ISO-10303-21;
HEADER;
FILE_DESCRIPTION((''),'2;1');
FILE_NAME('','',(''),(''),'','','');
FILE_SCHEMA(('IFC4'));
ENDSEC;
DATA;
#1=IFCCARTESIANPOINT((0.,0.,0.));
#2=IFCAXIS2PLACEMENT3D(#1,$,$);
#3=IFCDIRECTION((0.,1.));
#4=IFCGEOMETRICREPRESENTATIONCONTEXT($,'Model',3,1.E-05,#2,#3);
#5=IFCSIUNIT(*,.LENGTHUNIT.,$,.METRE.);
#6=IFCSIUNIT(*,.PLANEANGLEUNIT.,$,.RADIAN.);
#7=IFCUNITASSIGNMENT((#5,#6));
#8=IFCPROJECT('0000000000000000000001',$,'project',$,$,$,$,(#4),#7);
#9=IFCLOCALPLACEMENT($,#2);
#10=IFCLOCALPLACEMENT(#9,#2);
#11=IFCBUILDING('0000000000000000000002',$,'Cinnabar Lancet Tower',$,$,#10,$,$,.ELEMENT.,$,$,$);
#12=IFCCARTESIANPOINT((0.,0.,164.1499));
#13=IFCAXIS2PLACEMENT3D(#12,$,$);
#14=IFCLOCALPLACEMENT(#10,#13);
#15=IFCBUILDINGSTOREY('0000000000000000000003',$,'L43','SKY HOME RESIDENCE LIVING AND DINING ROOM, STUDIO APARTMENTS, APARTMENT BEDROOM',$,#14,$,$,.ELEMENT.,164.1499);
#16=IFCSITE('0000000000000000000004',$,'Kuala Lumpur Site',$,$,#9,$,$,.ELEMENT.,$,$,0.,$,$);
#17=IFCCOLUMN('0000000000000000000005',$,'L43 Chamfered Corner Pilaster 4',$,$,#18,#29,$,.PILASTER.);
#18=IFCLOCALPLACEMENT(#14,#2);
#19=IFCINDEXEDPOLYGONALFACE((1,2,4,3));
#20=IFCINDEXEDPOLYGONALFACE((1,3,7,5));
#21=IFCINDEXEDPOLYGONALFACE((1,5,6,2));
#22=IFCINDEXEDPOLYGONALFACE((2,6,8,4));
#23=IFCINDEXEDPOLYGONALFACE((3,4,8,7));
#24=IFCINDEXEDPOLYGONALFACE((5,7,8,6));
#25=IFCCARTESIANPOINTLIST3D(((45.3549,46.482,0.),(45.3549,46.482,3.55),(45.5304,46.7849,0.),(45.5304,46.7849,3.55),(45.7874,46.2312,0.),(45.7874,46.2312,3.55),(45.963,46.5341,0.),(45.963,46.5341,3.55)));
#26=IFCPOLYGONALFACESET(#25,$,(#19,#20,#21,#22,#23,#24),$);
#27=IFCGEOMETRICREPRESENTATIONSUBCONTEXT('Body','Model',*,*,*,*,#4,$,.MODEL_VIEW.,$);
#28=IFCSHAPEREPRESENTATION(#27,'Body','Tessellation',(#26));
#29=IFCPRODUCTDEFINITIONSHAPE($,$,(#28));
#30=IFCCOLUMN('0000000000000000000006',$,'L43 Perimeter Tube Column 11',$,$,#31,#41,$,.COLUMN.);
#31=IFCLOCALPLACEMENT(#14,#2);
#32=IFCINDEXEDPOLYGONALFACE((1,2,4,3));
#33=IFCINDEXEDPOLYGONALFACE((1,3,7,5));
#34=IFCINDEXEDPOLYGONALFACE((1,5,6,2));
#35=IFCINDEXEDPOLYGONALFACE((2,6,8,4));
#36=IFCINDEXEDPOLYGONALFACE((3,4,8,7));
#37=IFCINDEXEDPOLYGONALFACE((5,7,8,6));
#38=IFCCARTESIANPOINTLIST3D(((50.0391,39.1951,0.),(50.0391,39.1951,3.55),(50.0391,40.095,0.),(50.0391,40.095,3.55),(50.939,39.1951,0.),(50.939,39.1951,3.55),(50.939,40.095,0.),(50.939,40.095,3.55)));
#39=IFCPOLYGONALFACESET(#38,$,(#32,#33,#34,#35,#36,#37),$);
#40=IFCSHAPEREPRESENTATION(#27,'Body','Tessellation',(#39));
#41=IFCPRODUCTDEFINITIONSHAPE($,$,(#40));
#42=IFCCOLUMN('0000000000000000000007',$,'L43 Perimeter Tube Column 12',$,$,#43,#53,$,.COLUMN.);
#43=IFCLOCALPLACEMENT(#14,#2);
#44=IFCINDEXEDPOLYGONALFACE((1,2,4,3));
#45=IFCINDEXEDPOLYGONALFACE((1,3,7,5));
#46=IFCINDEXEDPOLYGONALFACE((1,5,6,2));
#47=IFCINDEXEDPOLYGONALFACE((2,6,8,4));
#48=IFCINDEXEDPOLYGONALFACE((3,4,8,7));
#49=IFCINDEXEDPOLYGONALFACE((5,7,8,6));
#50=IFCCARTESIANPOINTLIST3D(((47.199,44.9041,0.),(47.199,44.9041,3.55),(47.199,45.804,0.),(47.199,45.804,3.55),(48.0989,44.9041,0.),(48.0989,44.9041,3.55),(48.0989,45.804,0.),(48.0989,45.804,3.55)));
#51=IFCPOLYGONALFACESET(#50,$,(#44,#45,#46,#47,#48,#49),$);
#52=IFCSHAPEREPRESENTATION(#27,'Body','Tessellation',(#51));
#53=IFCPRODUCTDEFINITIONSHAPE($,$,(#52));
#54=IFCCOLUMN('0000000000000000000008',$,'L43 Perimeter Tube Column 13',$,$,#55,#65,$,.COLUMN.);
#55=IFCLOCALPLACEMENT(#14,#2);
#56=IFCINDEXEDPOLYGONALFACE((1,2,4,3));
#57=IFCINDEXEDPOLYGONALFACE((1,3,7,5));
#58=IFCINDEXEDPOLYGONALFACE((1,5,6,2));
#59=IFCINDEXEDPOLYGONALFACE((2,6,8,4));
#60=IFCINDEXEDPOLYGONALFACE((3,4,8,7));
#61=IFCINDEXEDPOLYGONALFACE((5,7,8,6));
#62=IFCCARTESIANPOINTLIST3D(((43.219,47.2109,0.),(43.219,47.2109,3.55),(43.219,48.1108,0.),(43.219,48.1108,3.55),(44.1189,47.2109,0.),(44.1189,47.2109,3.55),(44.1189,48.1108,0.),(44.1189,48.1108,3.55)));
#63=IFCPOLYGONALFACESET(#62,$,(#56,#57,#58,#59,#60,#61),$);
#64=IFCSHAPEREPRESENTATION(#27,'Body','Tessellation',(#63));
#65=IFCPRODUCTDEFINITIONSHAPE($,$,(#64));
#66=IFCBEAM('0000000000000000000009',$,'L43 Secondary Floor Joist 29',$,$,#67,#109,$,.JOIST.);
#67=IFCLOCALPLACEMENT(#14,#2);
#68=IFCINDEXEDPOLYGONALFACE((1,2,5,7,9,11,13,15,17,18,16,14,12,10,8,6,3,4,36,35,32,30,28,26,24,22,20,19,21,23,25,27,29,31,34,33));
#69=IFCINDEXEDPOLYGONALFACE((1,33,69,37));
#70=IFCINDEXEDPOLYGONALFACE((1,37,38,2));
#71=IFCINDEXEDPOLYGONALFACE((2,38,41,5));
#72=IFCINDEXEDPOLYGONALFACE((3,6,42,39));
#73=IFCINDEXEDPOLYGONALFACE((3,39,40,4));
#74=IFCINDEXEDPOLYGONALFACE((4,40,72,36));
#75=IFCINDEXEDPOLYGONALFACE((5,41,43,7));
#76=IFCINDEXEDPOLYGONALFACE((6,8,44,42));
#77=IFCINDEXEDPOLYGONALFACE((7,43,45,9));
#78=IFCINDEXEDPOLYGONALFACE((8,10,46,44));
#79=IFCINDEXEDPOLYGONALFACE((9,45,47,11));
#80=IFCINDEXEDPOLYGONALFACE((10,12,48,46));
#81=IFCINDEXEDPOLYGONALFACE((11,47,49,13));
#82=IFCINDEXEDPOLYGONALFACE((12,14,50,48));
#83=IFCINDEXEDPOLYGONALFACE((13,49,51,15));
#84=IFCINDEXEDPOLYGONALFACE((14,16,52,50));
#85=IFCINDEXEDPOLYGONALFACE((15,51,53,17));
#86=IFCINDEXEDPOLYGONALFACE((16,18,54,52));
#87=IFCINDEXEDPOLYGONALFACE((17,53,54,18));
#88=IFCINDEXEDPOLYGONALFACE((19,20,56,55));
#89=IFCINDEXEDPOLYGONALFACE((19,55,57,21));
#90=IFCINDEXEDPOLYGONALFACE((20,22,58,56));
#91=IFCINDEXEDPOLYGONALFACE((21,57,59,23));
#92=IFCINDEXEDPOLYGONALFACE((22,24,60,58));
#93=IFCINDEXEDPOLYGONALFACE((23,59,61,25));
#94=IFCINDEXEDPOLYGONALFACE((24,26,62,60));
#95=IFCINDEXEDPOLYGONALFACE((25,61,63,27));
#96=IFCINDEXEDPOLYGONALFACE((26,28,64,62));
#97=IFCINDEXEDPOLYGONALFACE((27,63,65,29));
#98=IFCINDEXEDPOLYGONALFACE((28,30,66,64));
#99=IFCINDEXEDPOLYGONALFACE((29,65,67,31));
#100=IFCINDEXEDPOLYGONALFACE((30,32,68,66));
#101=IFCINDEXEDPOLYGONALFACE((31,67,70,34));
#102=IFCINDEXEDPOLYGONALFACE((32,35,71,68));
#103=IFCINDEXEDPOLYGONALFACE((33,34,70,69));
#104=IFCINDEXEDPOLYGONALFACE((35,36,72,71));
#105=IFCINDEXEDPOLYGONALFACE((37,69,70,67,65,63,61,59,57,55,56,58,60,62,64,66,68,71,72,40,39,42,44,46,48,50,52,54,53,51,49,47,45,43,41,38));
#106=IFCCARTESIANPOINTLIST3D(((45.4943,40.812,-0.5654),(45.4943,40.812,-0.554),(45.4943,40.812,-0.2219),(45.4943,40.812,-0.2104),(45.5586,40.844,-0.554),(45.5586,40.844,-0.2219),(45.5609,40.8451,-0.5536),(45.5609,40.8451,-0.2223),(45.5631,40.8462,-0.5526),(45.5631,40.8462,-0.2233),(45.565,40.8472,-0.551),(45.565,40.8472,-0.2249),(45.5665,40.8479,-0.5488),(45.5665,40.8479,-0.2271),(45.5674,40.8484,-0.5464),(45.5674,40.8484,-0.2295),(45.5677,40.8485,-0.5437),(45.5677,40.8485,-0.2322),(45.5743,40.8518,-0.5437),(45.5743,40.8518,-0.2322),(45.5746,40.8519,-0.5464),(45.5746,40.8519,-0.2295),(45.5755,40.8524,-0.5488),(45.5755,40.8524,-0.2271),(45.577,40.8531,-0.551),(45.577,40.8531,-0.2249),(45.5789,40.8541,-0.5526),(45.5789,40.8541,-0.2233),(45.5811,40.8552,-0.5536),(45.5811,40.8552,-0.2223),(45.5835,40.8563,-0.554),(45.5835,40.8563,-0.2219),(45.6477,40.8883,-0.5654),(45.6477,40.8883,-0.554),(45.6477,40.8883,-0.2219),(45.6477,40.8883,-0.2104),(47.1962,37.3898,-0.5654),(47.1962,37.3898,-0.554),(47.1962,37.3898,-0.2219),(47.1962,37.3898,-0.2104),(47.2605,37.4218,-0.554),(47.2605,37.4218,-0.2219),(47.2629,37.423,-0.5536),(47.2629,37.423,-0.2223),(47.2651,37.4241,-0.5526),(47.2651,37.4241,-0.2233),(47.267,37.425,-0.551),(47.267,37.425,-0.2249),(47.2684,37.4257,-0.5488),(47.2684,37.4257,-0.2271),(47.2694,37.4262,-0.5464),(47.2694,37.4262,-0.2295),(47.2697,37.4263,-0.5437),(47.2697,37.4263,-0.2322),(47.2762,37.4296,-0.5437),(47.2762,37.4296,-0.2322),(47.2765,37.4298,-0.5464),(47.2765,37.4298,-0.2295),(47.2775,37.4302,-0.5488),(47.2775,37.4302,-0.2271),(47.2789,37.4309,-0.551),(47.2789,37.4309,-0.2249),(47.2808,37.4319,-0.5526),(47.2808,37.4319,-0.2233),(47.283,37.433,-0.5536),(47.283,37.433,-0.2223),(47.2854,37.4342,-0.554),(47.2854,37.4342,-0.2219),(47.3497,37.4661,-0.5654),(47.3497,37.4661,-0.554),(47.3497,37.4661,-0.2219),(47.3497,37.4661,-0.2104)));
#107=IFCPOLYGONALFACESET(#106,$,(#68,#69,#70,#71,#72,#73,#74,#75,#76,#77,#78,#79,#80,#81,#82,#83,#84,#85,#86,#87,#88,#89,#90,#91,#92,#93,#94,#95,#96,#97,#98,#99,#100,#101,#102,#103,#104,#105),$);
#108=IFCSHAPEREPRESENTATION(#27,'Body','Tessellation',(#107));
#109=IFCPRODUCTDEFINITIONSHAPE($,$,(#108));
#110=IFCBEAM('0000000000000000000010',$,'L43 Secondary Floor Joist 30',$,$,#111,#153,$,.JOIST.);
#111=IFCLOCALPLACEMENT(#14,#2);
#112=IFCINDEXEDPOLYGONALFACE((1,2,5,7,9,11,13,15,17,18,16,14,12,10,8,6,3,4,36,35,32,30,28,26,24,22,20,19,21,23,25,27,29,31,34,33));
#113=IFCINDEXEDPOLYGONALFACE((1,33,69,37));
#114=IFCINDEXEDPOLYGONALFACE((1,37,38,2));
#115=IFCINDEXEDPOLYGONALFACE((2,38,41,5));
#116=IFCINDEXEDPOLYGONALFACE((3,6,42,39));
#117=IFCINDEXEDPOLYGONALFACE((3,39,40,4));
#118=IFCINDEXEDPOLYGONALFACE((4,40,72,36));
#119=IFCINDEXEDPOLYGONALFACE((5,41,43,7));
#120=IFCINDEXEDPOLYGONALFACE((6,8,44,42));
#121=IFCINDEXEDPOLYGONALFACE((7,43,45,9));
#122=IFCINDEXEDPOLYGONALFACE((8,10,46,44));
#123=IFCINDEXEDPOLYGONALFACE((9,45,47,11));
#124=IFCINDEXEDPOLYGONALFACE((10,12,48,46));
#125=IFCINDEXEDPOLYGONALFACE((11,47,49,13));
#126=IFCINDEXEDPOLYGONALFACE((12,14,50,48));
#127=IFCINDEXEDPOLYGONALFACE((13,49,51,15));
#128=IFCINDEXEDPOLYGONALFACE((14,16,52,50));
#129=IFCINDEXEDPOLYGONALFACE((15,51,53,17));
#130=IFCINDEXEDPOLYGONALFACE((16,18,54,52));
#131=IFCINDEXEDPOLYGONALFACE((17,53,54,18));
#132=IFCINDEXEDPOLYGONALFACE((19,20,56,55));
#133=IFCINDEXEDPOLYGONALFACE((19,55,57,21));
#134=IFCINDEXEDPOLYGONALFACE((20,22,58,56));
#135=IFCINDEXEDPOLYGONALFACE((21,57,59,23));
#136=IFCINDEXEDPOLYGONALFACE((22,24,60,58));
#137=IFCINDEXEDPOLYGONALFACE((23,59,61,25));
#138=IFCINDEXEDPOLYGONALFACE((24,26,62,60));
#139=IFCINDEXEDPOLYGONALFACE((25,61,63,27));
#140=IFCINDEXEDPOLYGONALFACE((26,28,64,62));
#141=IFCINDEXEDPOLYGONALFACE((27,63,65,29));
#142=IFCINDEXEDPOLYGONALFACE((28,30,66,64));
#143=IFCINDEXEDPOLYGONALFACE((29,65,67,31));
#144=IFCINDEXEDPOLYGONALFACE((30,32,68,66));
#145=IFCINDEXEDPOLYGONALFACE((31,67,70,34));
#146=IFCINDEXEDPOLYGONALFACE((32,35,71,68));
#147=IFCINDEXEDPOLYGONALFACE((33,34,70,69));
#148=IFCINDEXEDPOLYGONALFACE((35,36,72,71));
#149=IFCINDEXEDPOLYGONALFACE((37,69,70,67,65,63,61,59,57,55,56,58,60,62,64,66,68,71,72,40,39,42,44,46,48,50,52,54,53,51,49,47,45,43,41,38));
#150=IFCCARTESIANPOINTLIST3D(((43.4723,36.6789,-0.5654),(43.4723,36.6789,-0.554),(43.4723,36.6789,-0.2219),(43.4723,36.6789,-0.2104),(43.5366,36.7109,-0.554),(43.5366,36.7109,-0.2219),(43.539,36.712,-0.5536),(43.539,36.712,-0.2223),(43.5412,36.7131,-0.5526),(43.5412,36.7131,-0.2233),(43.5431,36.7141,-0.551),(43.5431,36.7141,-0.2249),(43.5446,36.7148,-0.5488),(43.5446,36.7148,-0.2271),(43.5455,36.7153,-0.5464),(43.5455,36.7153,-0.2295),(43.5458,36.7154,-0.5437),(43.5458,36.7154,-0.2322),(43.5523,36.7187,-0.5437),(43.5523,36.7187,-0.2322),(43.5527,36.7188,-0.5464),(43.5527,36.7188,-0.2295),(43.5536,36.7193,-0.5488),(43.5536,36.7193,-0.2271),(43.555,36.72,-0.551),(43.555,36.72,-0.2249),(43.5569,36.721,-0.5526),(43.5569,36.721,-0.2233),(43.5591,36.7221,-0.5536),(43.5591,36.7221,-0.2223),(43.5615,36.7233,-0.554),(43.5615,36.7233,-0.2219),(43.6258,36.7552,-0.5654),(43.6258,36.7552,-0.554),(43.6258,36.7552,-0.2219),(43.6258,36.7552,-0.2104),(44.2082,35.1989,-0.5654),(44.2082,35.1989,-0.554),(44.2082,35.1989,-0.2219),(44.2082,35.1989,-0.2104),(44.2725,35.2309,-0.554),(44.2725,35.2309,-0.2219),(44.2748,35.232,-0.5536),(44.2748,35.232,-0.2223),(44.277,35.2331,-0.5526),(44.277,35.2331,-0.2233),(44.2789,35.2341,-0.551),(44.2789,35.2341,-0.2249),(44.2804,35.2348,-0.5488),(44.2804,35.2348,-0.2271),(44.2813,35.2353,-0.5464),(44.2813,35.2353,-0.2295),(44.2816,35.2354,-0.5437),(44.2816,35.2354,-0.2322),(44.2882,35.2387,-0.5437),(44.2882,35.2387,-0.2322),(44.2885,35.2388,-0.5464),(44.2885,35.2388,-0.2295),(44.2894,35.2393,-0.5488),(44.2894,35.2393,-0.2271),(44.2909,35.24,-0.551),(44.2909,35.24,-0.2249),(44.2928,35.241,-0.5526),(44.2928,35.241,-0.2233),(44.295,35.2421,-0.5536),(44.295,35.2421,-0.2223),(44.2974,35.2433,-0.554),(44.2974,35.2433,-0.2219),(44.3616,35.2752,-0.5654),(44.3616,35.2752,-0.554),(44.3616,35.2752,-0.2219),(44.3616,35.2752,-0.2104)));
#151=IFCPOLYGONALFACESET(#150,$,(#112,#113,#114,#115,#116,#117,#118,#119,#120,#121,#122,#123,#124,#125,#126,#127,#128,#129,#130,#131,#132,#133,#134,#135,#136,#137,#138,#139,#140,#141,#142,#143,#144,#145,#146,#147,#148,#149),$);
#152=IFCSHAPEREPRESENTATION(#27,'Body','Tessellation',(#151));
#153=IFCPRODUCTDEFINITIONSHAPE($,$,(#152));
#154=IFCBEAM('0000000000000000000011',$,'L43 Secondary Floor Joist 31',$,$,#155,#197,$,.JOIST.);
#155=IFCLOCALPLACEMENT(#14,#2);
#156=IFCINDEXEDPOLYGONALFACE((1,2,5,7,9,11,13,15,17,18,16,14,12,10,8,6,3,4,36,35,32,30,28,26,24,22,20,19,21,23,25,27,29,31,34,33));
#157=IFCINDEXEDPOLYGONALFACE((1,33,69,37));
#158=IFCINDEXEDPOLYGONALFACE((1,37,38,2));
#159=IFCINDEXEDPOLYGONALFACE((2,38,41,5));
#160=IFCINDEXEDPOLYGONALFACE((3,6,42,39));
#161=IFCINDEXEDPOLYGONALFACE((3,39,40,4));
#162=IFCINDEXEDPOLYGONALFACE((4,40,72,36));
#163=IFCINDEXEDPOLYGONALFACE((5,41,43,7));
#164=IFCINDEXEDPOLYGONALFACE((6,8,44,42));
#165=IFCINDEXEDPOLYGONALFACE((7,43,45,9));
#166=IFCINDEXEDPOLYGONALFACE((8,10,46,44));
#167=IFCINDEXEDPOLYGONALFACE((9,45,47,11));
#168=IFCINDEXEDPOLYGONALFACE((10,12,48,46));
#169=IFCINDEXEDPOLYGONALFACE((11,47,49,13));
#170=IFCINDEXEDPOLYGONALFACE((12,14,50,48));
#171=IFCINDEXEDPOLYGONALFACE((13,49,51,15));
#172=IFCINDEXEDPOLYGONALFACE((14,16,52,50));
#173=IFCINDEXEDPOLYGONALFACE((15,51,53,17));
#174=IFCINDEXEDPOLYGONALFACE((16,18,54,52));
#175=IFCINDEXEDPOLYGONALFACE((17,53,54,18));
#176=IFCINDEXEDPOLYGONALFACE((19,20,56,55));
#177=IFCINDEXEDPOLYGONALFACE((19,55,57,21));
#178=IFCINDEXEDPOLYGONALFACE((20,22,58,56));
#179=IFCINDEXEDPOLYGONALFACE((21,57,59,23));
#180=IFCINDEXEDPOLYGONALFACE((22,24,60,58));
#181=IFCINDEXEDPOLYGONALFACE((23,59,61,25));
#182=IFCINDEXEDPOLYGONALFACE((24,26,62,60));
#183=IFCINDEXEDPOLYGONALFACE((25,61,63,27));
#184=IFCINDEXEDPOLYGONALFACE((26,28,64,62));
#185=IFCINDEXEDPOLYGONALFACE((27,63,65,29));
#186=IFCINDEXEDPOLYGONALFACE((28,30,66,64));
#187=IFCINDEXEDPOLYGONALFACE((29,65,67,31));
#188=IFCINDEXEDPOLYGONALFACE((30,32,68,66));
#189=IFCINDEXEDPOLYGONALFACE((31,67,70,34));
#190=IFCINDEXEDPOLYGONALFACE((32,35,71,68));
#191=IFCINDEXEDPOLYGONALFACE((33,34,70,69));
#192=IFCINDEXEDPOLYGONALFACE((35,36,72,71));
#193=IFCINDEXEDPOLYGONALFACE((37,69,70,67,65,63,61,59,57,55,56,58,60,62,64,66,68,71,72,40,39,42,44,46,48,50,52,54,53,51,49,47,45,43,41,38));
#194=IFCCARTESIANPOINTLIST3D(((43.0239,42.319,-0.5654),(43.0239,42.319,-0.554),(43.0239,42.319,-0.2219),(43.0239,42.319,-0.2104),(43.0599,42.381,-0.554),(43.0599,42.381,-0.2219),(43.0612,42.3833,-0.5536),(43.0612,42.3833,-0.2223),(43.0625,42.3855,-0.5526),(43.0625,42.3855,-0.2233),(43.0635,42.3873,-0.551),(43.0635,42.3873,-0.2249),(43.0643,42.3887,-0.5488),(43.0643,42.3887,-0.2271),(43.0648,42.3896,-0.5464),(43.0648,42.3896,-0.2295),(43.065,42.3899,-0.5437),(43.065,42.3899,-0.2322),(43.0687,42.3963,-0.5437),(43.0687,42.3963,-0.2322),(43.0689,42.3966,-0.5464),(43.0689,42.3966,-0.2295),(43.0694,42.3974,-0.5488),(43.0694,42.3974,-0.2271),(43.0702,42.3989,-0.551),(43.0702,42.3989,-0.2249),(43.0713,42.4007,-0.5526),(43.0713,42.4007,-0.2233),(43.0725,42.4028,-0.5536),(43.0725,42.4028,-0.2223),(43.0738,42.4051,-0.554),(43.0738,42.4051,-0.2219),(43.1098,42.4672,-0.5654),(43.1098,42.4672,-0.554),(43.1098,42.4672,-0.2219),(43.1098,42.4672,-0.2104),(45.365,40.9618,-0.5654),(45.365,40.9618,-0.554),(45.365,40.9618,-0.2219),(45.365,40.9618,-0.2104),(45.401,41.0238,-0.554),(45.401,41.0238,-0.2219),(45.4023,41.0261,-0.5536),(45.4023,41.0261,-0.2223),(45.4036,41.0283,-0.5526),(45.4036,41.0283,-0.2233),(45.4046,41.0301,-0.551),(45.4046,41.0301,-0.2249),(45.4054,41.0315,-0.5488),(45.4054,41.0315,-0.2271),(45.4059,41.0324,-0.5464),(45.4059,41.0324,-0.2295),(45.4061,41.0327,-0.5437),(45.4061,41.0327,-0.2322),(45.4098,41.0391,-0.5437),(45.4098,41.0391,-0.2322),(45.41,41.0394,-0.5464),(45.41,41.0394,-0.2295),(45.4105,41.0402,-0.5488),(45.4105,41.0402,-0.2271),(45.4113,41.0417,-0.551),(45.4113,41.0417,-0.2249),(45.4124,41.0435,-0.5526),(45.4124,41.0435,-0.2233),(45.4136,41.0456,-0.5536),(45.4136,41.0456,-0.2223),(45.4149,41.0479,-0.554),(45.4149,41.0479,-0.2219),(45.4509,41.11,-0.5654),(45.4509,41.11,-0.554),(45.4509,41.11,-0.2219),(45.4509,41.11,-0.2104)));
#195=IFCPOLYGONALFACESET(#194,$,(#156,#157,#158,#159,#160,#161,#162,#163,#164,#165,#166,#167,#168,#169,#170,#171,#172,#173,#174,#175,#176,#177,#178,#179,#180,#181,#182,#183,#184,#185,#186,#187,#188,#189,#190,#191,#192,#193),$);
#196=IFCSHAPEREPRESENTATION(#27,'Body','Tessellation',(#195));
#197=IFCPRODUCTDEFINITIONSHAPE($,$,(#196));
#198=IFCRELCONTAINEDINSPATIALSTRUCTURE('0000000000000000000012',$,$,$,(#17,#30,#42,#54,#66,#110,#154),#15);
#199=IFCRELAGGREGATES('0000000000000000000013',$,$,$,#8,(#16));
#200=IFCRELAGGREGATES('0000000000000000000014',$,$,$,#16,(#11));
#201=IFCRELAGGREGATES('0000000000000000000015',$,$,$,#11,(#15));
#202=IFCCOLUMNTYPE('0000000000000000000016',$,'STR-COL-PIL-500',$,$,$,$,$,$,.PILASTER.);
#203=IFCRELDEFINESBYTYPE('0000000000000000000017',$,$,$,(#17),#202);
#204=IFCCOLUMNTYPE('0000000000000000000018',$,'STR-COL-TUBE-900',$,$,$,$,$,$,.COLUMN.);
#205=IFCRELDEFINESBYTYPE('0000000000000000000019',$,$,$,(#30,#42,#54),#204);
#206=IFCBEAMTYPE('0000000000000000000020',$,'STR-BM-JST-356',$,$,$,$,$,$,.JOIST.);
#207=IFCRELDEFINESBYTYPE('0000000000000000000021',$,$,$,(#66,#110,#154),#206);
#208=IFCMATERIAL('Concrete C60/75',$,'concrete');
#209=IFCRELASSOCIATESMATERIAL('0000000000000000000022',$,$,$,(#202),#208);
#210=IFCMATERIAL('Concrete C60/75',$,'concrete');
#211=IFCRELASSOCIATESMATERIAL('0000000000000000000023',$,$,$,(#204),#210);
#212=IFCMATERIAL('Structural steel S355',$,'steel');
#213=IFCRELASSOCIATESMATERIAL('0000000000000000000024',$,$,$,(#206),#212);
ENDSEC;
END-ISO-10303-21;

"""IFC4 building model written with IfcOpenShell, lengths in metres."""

from ifc_helpers import new_model, si_unit, direction, frame, origin, origin_2d, place, context, subcontext, project, spatial, rectangle, i_section, extrude, material, material_profile, profile_set, type_object, element, save


model = new_model("IFC4")

# Units and contexts
model_context = context("Model", 3, precision=1e-05, world=origin(), true_north=direction((0.0, 1.0)))
body_context = subcontext(model_context, "Body", "Model", "MODEL_VIEW")
ifc_project = project(units=[si_unit("LENGTHUNIT", "METRE"), si_unit("PLANEANGLEUNIT", "RADIAN")], contexts=[model_context])

# Site, building, storey
site_placement = place(None, origin())
site = spatial("IfcSite", under=ifc_project, at=site_placement, Name="Kuala Lumpur Site", CompositionType="ELEMENT", RefElevation=0.0)
building_placement = place(site_placement, origin())
building = spatial("IfcBuilding", under=site, at=building_placement, Name="Cinnabar Lancet Tower", CompositionType="ELEMENT")
storey_placement = place(building_placement, frame((0.0, 0.0, 164.1499)))
storey = spatial("IfcBuildingStorey", under=building, at=storey_placement, Name="L43", Description="SKY HOME RESIDENCE LIVING AND DINING ROOM, STUDIO APARTMENTS, APARTMENT BEDROOM", CompositionType="ELEMENT", Elevation=164.1499)

# Columns
ifc_material_1 = material(Name="Concrete C60/75", Category="concrete")
ifc_material_profile_1 = material_profile(ifc_material_1, rectangle(XDim=0.5, YDim=0.3501, at=origin_2d()), Name="RC-PIL 500x350")
ifc_profile_set_1 = profile_set([ifc_material_profile_1], Name="Concrete C60/75")
column_type_1 = type_object("IfcColumnType", Name="STR-COL-PIL-500", PredefinedType="PILASTER", material=ifc_profile_set_1)
column_placement = place(storey_placement, frame((45.6589, 46.5081, 0.0), z_axis=(0.0, 0.0, 1.0), x_axis=(-0.86516, 0.501496, 0.0)))
element("IfcColumn", 1, at=column_placement, inside=storey, type_object=column_type_1, Name="L43 Chamfered Corner Pilaster 4", PredefinedType="PILASTER", context=body_context, shape_type="SweptSolid", body=[
    extrude(rectangle(XDim=0.5, YDim=0.3501, at=origin_2d()), origin(), (0.0, 0.0, 1.0), 3.55),
])
ifc_material_2 = material(Name="Concrete C60/75", Category="concrete")
ifc_material_profile_2 = material_profile(ifc_material_2, rectangle(XDim=0.8999, YDim=0.8999, at=origin_2d()), Name="RC-COL 900x900")
ifc_profile_set_2 = profile_set([ifc_material_profile_2], Name="Concrete C60/75")
column_type_2 = type_object("IfcColumnType", Name="STR-COL-TUBE-900", PredefinedType="COLUMN", material=ifc_profile_set_2)
for number, where, z_axis, x_axis, name in (
    (2, (50.489, 39.645, 0.0), (0.0, 0.0, 1.0), (1.0, 0.0, 0.0), "L43 Perimeter Tube Column 11"),
    (3, (47.6489, 45.354, 0.0), (0.0, 0.0, 1.0), (1.0, 0.0, 0.0), "L43 Perimeter Tube Column 12"),
    (4, (43.6689, 47.6609, 0.0), (0.0, 0.0, 1.0), (1.0, 0.0, 0.0), "L43 Perimeter Tube Column 13"),
):
    element("IfcColumn", number, at=place(storey_placement, frame(where, z_axis=z_axis, x_axis=x_axis)), inside=storey, type_object=column_type_2, Name=name, PredefinedType="COLUMN", context=body_context, shape_type="SweptSolid", body=[
        extrude(rectangle(XDim=0.8999, YDim=0.8999, at=origin_2d()), origin(), (0.0, 0.0, 1.0), 3.55),
    ])

# Beams
ifc_material_3 = material(Name="Structural steel S355", Category="steel")
ifc_material_profile_3 = material_profile(ifc_material_3, i_section(OverallWidth=0.1714, OverallDepth=0.355, WebThickness=0.0073, FlangeThickness=0.0115, FilletRadius=0.0103, at=origin_2d()), Name="UKB 356x171x51")
ifc_profile_set_3 = profile_set([ifc_material_profile_3], Name="Structural steel S355")
beam_type_1 = type_object("IfcBeamType", Name="STR-BM-JST-356", PredefinedType="JOIST", material=ifc_profile_set_3)
beam_1_placement = place(storey_placement, frame((47.2729, 37.428, -0.3879), z_axis=(-0.445296, 0.895383, 0.0), x_axis=(-0.895383, -0.445296, 0.0)))
element("IfcBeam", 5, at=beam_1_placement, inside=storey, type_object=beam_type_1, Name="L43 Secondary Floor Joist 29", PredefinedType="JOIST", context=body_context, shape_type="SweptSolid", body=[
    extrude(i_section(OverallWidth=0.1714, OverallDepth=0.355, WebThickness=0.0073, FlangeThickness=0.0115, FilletRadius=0.0103, at=origin_2d()), origin(), (0.0, 0.0, 1.0), 3.822),
])
beam_2_placement = place(storey_placement, frame((44.2849, 35.2371, -0.3879), z_axis=(-0.445204, 0.895429, 0.0), x_axis=(-0.895429, -0.445204, 0.0)))
element("IfcBeam", 6, at=beam_2_placement, inside=storey, type_object=beam_type_1, Name="L43 Secondary Floor Joist 30", PredefinedType="JOIST", context=body_context, shape_type="SweptSolid", body=[
    extrude(i_section(OverallWidth=0.1714, OverallDepth=0.355, WebThickness=0.0073, FlangeThickness=0.0115, FilletRadius=0.0103, at=origin_2d()), origin(), (0.0, 0.0, 1.0), 1.6528),
])
beam_3_placement = place(storey_placement, frame((45.408, 41.0359, -0.3879), z_axis=(-0.865134, 0.501541, 0.0), x_axis=(-0.501541, -0.865134, 0.0)))
element("IfcBeam", 7, at=beam_3_placement, inside=storey, type_object=beam_type_1, Name="L43 Secondary Floor Joist 31", PredefinedType="JOIST", context=body_context, shape_type="SweptSolid", body=[
    extrude(i_section(OverallWidth=0.1714, OverallDepth=0.355, WebThickness=0.0073, FlangeThickness=0.0115, FilletRadius=0.0103, at=origin_2d()), origin(), (0.0, 0.0, 1.0), 2.7061),
])

save(model, "model.ifc")
